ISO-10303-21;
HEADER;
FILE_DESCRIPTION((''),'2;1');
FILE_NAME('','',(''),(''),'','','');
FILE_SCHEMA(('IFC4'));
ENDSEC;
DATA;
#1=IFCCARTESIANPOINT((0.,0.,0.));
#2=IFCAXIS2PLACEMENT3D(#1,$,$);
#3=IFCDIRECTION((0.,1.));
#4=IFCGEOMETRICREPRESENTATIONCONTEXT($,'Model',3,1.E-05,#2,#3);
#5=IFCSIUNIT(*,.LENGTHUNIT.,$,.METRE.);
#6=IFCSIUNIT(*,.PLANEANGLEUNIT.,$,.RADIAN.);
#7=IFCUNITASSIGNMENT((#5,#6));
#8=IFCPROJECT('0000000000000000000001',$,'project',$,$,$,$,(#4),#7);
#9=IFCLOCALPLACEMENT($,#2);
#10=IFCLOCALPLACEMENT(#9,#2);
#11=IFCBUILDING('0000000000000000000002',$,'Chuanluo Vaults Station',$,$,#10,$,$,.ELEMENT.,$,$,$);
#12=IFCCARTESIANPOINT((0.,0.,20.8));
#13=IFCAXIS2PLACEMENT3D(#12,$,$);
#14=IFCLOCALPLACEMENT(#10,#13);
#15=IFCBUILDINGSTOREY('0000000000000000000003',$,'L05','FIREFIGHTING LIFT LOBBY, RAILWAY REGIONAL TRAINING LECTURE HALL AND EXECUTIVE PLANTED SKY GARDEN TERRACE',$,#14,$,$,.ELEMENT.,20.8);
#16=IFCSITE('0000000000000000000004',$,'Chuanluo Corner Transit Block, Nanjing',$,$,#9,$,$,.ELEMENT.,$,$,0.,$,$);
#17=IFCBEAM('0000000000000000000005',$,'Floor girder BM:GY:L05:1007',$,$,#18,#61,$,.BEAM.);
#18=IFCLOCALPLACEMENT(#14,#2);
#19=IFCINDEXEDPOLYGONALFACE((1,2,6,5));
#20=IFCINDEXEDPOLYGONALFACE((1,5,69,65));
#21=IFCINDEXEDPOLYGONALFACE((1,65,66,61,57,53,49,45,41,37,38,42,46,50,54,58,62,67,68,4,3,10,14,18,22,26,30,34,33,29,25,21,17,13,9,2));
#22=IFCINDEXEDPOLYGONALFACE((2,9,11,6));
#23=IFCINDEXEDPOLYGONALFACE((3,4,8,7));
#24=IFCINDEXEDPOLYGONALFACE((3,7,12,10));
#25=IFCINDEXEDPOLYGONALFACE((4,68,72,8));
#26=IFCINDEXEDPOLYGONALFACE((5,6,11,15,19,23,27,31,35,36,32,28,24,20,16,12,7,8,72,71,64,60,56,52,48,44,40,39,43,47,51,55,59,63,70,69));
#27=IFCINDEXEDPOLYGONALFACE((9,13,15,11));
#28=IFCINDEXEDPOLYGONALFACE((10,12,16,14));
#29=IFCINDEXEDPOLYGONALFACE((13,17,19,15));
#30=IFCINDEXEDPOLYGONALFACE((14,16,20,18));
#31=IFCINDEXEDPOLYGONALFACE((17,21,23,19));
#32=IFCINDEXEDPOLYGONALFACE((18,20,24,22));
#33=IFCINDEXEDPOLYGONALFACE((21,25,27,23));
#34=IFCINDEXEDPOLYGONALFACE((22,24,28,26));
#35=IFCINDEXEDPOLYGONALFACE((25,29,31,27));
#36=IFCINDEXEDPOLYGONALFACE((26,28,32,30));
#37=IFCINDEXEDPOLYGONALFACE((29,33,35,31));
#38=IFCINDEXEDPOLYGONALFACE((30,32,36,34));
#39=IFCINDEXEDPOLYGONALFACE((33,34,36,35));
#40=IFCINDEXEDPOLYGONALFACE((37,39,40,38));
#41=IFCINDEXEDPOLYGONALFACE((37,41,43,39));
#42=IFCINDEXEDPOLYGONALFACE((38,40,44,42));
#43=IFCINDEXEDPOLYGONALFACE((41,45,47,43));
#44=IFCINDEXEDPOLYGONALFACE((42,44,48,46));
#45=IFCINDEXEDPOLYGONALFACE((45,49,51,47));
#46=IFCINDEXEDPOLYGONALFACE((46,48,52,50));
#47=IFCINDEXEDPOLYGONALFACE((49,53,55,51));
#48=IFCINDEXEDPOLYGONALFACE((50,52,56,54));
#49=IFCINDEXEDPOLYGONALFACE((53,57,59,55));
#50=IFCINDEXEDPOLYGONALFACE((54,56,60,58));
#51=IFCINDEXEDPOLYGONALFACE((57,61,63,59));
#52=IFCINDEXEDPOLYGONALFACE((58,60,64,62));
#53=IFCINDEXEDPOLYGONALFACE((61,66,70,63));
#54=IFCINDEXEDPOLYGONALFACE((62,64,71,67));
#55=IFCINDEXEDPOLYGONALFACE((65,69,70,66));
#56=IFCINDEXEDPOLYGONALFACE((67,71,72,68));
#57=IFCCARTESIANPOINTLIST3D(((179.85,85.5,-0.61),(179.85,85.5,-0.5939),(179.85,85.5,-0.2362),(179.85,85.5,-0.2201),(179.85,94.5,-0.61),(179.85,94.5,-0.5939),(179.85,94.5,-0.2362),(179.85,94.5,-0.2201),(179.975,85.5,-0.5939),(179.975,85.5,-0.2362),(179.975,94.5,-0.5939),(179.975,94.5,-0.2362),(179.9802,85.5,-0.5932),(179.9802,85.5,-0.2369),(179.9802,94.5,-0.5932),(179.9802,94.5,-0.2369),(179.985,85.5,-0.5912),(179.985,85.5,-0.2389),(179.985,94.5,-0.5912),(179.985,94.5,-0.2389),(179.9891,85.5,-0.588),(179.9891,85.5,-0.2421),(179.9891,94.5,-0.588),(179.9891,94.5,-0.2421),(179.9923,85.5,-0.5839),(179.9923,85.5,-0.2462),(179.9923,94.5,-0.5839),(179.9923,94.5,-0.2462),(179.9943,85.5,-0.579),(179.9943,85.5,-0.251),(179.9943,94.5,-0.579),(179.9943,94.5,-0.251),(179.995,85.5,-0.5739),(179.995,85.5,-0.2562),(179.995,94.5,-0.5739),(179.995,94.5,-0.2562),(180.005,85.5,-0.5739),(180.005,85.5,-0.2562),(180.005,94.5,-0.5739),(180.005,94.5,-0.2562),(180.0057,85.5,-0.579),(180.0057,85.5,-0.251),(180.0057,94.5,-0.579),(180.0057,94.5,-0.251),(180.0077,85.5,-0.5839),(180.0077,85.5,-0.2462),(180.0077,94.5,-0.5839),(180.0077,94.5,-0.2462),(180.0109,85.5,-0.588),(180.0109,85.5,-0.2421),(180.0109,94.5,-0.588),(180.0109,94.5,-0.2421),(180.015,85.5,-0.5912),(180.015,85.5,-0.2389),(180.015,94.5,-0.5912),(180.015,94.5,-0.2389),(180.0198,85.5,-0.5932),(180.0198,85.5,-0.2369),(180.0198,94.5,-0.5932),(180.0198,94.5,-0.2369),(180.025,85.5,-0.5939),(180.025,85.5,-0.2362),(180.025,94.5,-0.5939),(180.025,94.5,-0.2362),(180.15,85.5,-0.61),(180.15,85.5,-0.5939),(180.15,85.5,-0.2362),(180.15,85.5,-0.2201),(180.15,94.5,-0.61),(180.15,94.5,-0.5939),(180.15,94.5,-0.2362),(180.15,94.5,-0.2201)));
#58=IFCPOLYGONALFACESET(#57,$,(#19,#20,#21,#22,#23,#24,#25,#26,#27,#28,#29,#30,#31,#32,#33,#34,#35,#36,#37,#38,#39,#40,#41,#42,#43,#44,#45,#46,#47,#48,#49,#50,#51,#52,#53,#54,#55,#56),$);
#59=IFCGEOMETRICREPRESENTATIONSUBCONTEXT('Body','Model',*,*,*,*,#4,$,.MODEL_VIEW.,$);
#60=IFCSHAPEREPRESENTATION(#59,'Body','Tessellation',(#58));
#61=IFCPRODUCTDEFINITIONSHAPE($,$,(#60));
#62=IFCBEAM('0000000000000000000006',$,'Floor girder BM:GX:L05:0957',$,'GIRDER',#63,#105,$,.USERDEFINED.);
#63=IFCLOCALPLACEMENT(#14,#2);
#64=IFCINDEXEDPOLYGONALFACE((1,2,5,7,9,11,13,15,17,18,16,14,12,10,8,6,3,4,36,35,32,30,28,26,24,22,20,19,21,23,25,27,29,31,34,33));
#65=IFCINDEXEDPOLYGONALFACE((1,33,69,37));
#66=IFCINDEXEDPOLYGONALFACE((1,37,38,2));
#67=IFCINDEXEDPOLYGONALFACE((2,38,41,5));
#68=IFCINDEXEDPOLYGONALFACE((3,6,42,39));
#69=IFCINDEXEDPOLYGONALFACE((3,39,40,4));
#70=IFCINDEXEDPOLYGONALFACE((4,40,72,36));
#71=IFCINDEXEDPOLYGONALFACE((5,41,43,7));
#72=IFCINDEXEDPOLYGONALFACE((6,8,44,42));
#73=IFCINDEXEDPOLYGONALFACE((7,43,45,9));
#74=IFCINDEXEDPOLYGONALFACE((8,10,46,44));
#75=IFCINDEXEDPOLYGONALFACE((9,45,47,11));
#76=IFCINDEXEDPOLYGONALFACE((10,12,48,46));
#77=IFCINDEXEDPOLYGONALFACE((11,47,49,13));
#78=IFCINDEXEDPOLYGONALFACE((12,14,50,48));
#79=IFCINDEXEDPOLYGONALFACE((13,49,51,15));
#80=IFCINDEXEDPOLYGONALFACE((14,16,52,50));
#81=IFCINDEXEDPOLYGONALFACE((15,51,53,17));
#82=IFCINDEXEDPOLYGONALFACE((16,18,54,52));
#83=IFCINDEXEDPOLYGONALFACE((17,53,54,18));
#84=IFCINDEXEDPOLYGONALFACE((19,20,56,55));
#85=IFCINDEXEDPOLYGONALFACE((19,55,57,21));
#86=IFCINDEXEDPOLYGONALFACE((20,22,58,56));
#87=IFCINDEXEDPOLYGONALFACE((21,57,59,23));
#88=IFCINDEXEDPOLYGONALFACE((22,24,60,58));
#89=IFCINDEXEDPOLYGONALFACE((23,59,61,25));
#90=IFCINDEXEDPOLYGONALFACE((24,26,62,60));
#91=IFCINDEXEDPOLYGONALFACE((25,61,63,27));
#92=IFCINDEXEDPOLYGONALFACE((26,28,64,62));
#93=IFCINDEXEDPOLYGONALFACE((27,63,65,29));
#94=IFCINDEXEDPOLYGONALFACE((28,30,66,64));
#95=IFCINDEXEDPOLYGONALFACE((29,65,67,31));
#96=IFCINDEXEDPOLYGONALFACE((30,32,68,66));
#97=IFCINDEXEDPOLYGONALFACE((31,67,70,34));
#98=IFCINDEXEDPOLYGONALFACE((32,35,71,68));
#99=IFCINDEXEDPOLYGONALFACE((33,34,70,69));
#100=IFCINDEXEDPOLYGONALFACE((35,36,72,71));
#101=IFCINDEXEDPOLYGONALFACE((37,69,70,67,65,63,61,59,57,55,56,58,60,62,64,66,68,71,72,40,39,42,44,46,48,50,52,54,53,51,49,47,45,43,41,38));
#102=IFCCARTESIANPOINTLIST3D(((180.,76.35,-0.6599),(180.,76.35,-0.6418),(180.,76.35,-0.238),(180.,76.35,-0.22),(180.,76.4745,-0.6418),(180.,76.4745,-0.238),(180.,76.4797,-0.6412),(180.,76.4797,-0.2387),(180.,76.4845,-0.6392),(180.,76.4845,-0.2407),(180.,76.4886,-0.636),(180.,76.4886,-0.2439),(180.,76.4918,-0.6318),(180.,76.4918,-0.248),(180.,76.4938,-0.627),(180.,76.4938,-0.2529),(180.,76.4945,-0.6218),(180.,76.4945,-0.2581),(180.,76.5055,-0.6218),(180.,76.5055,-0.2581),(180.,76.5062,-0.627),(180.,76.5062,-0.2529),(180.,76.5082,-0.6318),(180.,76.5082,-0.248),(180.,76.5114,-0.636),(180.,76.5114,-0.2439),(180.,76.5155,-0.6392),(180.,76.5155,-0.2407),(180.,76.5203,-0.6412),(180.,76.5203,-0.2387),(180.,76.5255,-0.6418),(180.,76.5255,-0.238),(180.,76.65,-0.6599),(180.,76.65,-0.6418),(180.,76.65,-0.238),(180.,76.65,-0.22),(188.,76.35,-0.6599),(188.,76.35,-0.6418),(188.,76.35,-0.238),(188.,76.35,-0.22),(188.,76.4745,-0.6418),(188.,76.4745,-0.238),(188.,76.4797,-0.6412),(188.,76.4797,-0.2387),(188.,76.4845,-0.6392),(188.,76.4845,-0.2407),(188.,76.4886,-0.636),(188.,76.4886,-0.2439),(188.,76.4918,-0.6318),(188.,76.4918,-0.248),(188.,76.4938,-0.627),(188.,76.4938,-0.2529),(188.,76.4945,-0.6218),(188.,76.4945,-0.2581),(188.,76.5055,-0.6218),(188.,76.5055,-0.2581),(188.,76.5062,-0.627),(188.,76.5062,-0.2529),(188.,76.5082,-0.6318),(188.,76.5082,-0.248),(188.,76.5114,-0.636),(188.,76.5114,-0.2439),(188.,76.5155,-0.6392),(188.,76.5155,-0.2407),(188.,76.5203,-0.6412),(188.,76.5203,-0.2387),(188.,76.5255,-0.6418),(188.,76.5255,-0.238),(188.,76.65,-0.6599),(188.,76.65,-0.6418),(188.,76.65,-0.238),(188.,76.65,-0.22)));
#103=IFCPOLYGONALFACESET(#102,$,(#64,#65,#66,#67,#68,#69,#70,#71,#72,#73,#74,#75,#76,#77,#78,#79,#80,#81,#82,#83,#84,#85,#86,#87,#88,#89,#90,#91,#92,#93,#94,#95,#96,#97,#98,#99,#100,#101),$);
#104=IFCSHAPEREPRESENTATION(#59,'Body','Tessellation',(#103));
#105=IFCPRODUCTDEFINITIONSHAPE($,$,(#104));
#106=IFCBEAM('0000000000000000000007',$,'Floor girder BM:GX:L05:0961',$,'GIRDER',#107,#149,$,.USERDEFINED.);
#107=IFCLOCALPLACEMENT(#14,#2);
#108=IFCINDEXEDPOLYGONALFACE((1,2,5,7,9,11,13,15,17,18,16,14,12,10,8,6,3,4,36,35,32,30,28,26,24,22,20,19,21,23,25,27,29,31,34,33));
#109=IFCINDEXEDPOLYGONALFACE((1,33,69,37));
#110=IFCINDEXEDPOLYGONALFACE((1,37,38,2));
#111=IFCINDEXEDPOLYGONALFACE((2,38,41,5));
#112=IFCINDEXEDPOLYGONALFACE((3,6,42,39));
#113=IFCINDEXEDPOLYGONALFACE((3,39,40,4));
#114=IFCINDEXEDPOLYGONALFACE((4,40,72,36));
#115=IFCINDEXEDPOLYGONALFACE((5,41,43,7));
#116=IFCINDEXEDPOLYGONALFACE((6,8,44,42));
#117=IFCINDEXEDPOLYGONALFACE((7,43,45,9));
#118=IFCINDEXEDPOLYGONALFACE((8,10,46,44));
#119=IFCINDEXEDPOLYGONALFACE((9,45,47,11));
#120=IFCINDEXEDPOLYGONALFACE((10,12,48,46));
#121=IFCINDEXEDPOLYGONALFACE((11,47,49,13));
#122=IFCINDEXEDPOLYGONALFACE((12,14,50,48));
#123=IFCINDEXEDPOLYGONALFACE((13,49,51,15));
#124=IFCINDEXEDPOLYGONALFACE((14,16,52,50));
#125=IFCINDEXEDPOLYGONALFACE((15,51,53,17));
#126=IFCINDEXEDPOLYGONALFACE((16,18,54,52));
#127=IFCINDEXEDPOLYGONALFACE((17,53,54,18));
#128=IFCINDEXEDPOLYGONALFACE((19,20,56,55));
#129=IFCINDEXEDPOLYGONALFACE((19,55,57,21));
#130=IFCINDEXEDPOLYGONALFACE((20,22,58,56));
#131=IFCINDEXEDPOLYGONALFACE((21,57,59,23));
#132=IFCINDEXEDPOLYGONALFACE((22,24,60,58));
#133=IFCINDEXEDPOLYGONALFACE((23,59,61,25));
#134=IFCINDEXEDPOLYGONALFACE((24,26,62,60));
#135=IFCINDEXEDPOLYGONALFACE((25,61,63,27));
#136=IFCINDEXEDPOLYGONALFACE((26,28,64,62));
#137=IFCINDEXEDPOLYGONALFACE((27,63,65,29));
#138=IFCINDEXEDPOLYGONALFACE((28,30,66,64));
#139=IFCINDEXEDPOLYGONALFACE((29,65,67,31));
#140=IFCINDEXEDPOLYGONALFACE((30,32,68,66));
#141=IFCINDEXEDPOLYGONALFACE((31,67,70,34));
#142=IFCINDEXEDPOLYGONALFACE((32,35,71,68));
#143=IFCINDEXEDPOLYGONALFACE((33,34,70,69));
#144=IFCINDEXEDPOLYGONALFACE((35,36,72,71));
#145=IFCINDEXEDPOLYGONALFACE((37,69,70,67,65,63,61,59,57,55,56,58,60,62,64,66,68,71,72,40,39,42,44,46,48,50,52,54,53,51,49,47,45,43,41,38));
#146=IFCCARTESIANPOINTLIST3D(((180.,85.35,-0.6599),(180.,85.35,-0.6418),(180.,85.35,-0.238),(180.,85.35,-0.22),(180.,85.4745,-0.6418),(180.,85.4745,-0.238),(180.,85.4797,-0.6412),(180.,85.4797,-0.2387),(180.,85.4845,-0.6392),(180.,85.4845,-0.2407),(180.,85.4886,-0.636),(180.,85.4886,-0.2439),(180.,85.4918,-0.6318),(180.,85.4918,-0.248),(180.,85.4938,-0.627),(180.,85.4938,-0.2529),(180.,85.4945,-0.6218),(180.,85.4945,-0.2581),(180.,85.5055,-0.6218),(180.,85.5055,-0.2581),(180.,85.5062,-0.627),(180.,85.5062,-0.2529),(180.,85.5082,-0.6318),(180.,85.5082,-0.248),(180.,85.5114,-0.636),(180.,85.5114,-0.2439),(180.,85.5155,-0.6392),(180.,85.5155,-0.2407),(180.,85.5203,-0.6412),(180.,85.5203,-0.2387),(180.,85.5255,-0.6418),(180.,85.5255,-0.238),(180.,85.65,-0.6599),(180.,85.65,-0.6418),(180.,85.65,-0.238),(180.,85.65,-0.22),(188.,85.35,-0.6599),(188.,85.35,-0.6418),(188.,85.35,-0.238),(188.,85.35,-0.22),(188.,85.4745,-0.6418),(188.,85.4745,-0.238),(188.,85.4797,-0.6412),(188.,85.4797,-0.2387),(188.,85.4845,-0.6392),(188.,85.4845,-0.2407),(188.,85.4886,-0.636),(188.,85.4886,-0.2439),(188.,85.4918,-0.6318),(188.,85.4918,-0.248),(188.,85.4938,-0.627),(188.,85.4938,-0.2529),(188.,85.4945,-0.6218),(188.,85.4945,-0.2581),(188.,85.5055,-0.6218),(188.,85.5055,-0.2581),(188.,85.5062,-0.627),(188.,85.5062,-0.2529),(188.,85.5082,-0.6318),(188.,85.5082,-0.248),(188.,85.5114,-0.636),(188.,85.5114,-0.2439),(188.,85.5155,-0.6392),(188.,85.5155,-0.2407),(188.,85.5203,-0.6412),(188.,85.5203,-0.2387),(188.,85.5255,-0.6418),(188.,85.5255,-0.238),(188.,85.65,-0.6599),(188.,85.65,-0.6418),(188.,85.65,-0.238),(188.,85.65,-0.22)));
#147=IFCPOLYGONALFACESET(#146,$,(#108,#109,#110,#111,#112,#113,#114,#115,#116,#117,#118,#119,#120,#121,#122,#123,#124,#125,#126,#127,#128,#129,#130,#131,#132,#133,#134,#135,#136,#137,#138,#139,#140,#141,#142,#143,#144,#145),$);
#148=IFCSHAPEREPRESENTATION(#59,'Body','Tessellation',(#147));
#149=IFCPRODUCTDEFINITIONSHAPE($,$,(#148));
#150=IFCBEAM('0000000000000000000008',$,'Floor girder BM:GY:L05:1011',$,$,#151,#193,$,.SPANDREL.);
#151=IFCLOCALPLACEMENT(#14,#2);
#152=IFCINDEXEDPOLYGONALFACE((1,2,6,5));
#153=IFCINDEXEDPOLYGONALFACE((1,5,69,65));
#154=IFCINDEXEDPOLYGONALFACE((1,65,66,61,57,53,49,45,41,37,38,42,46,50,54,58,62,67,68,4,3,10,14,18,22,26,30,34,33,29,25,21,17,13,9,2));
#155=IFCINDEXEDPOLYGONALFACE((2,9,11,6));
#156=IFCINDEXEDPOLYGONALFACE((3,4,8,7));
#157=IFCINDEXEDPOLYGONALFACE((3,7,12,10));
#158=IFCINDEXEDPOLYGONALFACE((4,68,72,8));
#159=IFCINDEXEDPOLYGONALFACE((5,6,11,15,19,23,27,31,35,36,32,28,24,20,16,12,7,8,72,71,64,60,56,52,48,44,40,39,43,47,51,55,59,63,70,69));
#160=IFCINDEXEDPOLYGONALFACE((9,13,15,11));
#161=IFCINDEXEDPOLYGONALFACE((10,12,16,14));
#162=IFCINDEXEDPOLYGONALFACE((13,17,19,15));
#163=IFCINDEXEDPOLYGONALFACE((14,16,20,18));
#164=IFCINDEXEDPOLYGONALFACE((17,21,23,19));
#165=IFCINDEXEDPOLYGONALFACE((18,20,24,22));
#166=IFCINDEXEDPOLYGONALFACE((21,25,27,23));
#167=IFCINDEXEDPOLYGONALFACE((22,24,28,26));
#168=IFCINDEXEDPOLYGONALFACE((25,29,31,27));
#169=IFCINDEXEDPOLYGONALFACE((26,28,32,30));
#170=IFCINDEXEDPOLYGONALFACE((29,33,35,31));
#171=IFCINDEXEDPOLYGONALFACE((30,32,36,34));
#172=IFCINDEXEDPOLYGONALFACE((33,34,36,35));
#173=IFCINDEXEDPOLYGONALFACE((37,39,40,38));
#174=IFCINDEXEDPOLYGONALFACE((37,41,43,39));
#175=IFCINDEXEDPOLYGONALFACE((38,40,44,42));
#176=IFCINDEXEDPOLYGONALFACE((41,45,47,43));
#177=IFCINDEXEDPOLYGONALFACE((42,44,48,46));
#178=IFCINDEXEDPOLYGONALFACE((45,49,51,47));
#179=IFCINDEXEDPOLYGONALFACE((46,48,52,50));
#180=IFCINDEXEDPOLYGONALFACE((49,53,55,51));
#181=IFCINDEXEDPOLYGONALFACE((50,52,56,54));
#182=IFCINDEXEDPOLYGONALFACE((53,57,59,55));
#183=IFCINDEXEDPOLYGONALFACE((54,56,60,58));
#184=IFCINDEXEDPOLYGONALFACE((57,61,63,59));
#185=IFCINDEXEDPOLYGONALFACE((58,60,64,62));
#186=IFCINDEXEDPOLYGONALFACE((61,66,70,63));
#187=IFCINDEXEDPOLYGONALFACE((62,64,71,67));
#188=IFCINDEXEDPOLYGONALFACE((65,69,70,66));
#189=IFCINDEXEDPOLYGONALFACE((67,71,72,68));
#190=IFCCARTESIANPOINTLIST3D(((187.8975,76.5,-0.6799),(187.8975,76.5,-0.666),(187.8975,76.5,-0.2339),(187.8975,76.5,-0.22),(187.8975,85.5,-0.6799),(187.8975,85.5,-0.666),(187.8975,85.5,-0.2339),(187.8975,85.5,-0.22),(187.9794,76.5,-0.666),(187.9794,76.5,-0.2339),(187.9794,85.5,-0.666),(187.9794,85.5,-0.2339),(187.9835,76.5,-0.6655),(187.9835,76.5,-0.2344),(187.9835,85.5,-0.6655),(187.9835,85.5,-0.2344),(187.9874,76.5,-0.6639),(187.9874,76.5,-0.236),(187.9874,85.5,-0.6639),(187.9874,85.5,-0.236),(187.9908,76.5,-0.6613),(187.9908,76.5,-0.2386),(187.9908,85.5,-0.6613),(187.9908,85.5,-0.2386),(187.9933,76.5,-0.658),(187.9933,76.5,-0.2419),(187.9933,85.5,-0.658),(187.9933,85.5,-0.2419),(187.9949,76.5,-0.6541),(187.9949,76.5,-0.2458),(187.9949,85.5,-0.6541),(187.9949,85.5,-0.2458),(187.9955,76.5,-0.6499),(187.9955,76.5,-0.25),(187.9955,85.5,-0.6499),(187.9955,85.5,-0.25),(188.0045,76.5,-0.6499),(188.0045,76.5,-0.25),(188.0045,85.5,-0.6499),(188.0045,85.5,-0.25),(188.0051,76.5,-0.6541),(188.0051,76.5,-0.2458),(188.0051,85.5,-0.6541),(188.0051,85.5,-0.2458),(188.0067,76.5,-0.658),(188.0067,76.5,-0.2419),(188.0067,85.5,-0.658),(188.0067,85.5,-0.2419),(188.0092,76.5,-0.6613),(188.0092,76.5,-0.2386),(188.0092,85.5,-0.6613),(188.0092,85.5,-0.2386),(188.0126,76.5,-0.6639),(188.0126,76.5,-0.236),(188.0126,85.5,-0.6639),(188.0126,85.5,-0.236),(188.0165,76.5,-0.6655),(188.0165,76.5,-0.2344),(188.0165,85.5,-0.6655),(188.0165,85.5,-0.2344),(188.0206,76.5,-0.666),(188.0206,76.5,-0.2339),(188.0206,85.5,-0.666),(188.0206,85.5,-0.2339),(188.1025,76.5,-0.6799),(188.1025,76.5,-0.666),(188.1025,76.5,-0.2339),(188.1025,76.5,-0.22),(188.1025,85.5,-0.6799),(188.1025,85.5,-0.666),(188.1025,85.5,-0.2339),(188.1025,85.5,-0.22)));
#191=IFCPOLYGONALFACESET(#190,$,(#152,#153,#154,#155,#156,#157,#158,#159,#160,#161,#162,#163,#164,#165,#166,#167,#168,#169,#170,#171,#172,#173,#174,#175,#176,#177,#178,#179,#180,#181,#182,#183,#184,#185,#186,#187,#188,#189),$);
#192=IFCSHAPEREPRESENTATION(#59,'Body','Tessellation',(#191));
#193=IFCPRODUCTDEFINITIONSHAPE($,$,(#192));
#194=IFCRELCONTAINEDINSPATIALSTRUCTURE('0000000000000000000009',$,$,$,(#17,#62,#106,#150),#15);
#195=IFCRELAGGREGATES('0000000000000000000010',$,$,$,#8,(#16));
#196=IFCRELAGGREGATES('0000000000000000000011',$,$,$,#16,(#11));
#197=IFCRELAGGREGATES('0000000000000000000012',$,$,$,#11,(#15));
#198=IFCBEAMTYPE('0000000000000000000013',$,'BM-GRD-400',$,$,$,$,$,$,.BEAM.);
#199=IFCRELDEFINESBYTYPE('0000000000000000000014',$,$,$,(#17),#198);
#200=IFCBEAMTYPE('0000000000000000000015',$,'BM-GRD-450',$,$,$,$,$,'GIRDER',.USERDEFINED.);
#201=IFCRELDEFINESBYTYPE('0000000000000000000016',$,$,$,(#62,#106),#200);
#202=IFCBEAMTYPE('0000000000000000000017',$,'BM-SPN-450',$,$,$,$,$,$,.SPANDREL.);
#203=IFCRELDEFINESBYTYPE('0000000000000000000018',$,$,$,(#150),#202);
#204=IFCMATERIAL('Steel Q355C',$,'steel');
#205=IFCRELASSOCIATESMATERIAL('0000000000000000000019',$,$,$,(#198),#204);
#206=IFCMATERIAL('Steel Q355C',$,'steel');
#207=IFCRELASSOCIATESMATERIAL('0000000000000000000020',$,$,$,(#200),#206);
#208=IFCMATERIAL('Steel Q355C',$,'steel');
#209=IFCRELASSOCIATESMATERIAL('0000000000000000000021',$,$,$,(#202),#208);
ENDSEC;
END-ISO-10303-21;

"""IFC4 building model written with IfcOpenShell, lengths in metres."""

from ifc_helpers import new_model, si_unit, direction, frame, origin, origin_2d, place, context, subcontext, project, spatial, i_section, extrude, material, material_profile, profile_set, type_object, element, save


model = new_model("IFC4")

# Units and contexts
model_context = context("Model", 3, precision=1e-05, world=origin(), true_north=direction((0.0, 1.0)))
body_context = subcontext(model_context, "Body", "Model", "MODEL_VIEW")
ifc_project = project(units=[si_unit("LENGTHUNIT", "METRE"), si_unit("PLANEANGLEUNIT", "RADIAN")], contexts=[model_context])

# Site, building, storey
site_placement = place(None, origin())
site = spatial("IfcSite", under=ifc_project, at=site_placement, Name="Chuanluo Corner Transit Block, Nanjing", CompositionType="ELEMENT", RefElevation=0.0)
building_placement = place(site_placement, origin())
building = spatial("IfcBuilding", under=site, at=building_placement, Name="Chuanluo Vaults Station", CompositionType="ELEMENT")
storey_placement = place(building_placement, frame((0.0, 0.0, 20.8)))
storey = spatial("IfcBuildingStorey", under=building, at=storey_placement, Name="L05", Description="FIREFIGHTING LIFT LOBBY, RAILWAY REGIONAL TRAINING LECTURE HALL AND EXECUTIVE PLANTED SKY GARDEN TERRACE", CompositionType="ELEMENT", Elevation=20.8)

# Beams
ifc_material_1 = material(Name="Steel Q355C", Category="steel")
ifc_material_profile_1 = material_profile(ifc_material_1, i_section(OverallWidth=0.3, OverallDepth=0.3899, WebThickness=0.01, FlangeThickness=0.0161, FilletRadius=0.02, at=origin_2d()))
ifc_profile_set_1 = profile_set([ifc_material_profile_1], Name="Steel Q355C")
beam_type_1 = type_object("IfcBeamType", Name="BM-GRD-400", PredefinedType="BEAM", material=ifc_profile_set_1)
for number, where, z_axis, x_axis, name in (
    (1, (180.0, 85.5, -0.415), (0.0, 1.0, 0.0), (-1.0, 0.0, 0.0), "Floor girder BM:GY:L05:1007"),
):
    element("IfcBeam", number, at=place(storey_placement, frame(where, z_axis=z_axis, x_axis=x_axis)), inside=storey, type_object=beam_type_1, Name=name, PredefinedType="BEAM", context=body_context, shape_type="SweptSolid", body=[
        extrude(i_section(OverallWidth=0.3, OverallDepth=0.3899, WebThickness=0.01, FlangeThickness=0.0161, FilletRadius=0.02, at=origin_2d()), origin(), (0.0, 0.0, 1.0), 9.0),
    ])
ifc_material_2 = material(Name="Steel Q355C", Category="steel")
ifc_material_profile_2 = material_profile(ifc_material_2, i_section(OverallWidth=0.3, OverallDepth=0.4399, WebThickness=0.011, FlangeThickness=0.0181, FilletRadius=0.02, at=origin_2d()))
ifc_profile_set_2 = profile_set([ifc_material_profile_2], Name="Steel Q355C")
beam_type_2 = type_object("IfcBeamType", Name="BM-GRD-450", ElementType="GIRDER", PredefinedType="USERDEFINED", material=ifc_profile_set_2)
for number, where, z_axis, x_axis, name in (
    (2, (180.0, 76.5, -0.4399), (1.0, 0.0, 0.0), (0.0, 1.0, 0.0), "Floor girder BM:GX:L05:0957"),
    (3, (180.0, 85.5, -0.4399), (1.0, 0.0, 0.0), (0.0, 1.0, 0.0), "Floor girder BM:GX:L05:0961"),
):
    element("IfcBeam", number, at=place(storey_placement, frame(where, z_axis=z_axis, x_axis=x_axis)), inside=storey, type_object=beam_type_2, Name=name, ObjectType="GIRDER", PredefinedType="USERDEFINED", context=body_context, shape_type="SweptSolid", body=[
        extrude(i_section(OverallWidth=0.3, OverallDepth=0.4399, WebThickness=0.011, FlangeThickness=0.0181, FilletRadius=0.02, at=origin_2d()), origin(), (0.0, 0.0, 1.0), 8.0),
    ])
ifc_material_3 = material(Name="Steel Q355C", Category="steel")
ifc_material_profile_3 = material_profile(ifc_material_3, i_section(OverallWidth=0.2051, OverallDepth=0.46, WebThickness=0.009, FlangeThickness=0.0139, FilletRadius=0.0161, at=origin_2d()))
ifc_profile_set_3 = profile_set([ifc_material_profile_3], Name="Steel Q355C")
beam_type_3 = type_object("IfcBeamType", Name="BM-SPN-450", PredefinedType="SPANDREL", material=ifc_profile_set_3)
beam_placement = place(storey_placement, frame((188.0, 76.5, -0.45), z_axis=(0.0, 1.0, 0.0), x_axis=(-1.0, 0.0, 0.0)))
element("IfcBeam", 4, at=beam_placement, inside=storey, type_object=beam_type_3, Name="Floor girder BM:GY:L05:1011", PredefinedType="SPANDREL", context=body_context, shape_type="SweptSolid", body=[
    extrude(i_section(OverallWidth=0.2051, OverallDepth=0.46, WebThickness=0.009, FlangeThickness=0.0139, FilletRadius=0.0161, at=origin_2d()), origin(), (0.0, 0.0, 1.0), 9.0),
])

save(model, "model.ifc")
